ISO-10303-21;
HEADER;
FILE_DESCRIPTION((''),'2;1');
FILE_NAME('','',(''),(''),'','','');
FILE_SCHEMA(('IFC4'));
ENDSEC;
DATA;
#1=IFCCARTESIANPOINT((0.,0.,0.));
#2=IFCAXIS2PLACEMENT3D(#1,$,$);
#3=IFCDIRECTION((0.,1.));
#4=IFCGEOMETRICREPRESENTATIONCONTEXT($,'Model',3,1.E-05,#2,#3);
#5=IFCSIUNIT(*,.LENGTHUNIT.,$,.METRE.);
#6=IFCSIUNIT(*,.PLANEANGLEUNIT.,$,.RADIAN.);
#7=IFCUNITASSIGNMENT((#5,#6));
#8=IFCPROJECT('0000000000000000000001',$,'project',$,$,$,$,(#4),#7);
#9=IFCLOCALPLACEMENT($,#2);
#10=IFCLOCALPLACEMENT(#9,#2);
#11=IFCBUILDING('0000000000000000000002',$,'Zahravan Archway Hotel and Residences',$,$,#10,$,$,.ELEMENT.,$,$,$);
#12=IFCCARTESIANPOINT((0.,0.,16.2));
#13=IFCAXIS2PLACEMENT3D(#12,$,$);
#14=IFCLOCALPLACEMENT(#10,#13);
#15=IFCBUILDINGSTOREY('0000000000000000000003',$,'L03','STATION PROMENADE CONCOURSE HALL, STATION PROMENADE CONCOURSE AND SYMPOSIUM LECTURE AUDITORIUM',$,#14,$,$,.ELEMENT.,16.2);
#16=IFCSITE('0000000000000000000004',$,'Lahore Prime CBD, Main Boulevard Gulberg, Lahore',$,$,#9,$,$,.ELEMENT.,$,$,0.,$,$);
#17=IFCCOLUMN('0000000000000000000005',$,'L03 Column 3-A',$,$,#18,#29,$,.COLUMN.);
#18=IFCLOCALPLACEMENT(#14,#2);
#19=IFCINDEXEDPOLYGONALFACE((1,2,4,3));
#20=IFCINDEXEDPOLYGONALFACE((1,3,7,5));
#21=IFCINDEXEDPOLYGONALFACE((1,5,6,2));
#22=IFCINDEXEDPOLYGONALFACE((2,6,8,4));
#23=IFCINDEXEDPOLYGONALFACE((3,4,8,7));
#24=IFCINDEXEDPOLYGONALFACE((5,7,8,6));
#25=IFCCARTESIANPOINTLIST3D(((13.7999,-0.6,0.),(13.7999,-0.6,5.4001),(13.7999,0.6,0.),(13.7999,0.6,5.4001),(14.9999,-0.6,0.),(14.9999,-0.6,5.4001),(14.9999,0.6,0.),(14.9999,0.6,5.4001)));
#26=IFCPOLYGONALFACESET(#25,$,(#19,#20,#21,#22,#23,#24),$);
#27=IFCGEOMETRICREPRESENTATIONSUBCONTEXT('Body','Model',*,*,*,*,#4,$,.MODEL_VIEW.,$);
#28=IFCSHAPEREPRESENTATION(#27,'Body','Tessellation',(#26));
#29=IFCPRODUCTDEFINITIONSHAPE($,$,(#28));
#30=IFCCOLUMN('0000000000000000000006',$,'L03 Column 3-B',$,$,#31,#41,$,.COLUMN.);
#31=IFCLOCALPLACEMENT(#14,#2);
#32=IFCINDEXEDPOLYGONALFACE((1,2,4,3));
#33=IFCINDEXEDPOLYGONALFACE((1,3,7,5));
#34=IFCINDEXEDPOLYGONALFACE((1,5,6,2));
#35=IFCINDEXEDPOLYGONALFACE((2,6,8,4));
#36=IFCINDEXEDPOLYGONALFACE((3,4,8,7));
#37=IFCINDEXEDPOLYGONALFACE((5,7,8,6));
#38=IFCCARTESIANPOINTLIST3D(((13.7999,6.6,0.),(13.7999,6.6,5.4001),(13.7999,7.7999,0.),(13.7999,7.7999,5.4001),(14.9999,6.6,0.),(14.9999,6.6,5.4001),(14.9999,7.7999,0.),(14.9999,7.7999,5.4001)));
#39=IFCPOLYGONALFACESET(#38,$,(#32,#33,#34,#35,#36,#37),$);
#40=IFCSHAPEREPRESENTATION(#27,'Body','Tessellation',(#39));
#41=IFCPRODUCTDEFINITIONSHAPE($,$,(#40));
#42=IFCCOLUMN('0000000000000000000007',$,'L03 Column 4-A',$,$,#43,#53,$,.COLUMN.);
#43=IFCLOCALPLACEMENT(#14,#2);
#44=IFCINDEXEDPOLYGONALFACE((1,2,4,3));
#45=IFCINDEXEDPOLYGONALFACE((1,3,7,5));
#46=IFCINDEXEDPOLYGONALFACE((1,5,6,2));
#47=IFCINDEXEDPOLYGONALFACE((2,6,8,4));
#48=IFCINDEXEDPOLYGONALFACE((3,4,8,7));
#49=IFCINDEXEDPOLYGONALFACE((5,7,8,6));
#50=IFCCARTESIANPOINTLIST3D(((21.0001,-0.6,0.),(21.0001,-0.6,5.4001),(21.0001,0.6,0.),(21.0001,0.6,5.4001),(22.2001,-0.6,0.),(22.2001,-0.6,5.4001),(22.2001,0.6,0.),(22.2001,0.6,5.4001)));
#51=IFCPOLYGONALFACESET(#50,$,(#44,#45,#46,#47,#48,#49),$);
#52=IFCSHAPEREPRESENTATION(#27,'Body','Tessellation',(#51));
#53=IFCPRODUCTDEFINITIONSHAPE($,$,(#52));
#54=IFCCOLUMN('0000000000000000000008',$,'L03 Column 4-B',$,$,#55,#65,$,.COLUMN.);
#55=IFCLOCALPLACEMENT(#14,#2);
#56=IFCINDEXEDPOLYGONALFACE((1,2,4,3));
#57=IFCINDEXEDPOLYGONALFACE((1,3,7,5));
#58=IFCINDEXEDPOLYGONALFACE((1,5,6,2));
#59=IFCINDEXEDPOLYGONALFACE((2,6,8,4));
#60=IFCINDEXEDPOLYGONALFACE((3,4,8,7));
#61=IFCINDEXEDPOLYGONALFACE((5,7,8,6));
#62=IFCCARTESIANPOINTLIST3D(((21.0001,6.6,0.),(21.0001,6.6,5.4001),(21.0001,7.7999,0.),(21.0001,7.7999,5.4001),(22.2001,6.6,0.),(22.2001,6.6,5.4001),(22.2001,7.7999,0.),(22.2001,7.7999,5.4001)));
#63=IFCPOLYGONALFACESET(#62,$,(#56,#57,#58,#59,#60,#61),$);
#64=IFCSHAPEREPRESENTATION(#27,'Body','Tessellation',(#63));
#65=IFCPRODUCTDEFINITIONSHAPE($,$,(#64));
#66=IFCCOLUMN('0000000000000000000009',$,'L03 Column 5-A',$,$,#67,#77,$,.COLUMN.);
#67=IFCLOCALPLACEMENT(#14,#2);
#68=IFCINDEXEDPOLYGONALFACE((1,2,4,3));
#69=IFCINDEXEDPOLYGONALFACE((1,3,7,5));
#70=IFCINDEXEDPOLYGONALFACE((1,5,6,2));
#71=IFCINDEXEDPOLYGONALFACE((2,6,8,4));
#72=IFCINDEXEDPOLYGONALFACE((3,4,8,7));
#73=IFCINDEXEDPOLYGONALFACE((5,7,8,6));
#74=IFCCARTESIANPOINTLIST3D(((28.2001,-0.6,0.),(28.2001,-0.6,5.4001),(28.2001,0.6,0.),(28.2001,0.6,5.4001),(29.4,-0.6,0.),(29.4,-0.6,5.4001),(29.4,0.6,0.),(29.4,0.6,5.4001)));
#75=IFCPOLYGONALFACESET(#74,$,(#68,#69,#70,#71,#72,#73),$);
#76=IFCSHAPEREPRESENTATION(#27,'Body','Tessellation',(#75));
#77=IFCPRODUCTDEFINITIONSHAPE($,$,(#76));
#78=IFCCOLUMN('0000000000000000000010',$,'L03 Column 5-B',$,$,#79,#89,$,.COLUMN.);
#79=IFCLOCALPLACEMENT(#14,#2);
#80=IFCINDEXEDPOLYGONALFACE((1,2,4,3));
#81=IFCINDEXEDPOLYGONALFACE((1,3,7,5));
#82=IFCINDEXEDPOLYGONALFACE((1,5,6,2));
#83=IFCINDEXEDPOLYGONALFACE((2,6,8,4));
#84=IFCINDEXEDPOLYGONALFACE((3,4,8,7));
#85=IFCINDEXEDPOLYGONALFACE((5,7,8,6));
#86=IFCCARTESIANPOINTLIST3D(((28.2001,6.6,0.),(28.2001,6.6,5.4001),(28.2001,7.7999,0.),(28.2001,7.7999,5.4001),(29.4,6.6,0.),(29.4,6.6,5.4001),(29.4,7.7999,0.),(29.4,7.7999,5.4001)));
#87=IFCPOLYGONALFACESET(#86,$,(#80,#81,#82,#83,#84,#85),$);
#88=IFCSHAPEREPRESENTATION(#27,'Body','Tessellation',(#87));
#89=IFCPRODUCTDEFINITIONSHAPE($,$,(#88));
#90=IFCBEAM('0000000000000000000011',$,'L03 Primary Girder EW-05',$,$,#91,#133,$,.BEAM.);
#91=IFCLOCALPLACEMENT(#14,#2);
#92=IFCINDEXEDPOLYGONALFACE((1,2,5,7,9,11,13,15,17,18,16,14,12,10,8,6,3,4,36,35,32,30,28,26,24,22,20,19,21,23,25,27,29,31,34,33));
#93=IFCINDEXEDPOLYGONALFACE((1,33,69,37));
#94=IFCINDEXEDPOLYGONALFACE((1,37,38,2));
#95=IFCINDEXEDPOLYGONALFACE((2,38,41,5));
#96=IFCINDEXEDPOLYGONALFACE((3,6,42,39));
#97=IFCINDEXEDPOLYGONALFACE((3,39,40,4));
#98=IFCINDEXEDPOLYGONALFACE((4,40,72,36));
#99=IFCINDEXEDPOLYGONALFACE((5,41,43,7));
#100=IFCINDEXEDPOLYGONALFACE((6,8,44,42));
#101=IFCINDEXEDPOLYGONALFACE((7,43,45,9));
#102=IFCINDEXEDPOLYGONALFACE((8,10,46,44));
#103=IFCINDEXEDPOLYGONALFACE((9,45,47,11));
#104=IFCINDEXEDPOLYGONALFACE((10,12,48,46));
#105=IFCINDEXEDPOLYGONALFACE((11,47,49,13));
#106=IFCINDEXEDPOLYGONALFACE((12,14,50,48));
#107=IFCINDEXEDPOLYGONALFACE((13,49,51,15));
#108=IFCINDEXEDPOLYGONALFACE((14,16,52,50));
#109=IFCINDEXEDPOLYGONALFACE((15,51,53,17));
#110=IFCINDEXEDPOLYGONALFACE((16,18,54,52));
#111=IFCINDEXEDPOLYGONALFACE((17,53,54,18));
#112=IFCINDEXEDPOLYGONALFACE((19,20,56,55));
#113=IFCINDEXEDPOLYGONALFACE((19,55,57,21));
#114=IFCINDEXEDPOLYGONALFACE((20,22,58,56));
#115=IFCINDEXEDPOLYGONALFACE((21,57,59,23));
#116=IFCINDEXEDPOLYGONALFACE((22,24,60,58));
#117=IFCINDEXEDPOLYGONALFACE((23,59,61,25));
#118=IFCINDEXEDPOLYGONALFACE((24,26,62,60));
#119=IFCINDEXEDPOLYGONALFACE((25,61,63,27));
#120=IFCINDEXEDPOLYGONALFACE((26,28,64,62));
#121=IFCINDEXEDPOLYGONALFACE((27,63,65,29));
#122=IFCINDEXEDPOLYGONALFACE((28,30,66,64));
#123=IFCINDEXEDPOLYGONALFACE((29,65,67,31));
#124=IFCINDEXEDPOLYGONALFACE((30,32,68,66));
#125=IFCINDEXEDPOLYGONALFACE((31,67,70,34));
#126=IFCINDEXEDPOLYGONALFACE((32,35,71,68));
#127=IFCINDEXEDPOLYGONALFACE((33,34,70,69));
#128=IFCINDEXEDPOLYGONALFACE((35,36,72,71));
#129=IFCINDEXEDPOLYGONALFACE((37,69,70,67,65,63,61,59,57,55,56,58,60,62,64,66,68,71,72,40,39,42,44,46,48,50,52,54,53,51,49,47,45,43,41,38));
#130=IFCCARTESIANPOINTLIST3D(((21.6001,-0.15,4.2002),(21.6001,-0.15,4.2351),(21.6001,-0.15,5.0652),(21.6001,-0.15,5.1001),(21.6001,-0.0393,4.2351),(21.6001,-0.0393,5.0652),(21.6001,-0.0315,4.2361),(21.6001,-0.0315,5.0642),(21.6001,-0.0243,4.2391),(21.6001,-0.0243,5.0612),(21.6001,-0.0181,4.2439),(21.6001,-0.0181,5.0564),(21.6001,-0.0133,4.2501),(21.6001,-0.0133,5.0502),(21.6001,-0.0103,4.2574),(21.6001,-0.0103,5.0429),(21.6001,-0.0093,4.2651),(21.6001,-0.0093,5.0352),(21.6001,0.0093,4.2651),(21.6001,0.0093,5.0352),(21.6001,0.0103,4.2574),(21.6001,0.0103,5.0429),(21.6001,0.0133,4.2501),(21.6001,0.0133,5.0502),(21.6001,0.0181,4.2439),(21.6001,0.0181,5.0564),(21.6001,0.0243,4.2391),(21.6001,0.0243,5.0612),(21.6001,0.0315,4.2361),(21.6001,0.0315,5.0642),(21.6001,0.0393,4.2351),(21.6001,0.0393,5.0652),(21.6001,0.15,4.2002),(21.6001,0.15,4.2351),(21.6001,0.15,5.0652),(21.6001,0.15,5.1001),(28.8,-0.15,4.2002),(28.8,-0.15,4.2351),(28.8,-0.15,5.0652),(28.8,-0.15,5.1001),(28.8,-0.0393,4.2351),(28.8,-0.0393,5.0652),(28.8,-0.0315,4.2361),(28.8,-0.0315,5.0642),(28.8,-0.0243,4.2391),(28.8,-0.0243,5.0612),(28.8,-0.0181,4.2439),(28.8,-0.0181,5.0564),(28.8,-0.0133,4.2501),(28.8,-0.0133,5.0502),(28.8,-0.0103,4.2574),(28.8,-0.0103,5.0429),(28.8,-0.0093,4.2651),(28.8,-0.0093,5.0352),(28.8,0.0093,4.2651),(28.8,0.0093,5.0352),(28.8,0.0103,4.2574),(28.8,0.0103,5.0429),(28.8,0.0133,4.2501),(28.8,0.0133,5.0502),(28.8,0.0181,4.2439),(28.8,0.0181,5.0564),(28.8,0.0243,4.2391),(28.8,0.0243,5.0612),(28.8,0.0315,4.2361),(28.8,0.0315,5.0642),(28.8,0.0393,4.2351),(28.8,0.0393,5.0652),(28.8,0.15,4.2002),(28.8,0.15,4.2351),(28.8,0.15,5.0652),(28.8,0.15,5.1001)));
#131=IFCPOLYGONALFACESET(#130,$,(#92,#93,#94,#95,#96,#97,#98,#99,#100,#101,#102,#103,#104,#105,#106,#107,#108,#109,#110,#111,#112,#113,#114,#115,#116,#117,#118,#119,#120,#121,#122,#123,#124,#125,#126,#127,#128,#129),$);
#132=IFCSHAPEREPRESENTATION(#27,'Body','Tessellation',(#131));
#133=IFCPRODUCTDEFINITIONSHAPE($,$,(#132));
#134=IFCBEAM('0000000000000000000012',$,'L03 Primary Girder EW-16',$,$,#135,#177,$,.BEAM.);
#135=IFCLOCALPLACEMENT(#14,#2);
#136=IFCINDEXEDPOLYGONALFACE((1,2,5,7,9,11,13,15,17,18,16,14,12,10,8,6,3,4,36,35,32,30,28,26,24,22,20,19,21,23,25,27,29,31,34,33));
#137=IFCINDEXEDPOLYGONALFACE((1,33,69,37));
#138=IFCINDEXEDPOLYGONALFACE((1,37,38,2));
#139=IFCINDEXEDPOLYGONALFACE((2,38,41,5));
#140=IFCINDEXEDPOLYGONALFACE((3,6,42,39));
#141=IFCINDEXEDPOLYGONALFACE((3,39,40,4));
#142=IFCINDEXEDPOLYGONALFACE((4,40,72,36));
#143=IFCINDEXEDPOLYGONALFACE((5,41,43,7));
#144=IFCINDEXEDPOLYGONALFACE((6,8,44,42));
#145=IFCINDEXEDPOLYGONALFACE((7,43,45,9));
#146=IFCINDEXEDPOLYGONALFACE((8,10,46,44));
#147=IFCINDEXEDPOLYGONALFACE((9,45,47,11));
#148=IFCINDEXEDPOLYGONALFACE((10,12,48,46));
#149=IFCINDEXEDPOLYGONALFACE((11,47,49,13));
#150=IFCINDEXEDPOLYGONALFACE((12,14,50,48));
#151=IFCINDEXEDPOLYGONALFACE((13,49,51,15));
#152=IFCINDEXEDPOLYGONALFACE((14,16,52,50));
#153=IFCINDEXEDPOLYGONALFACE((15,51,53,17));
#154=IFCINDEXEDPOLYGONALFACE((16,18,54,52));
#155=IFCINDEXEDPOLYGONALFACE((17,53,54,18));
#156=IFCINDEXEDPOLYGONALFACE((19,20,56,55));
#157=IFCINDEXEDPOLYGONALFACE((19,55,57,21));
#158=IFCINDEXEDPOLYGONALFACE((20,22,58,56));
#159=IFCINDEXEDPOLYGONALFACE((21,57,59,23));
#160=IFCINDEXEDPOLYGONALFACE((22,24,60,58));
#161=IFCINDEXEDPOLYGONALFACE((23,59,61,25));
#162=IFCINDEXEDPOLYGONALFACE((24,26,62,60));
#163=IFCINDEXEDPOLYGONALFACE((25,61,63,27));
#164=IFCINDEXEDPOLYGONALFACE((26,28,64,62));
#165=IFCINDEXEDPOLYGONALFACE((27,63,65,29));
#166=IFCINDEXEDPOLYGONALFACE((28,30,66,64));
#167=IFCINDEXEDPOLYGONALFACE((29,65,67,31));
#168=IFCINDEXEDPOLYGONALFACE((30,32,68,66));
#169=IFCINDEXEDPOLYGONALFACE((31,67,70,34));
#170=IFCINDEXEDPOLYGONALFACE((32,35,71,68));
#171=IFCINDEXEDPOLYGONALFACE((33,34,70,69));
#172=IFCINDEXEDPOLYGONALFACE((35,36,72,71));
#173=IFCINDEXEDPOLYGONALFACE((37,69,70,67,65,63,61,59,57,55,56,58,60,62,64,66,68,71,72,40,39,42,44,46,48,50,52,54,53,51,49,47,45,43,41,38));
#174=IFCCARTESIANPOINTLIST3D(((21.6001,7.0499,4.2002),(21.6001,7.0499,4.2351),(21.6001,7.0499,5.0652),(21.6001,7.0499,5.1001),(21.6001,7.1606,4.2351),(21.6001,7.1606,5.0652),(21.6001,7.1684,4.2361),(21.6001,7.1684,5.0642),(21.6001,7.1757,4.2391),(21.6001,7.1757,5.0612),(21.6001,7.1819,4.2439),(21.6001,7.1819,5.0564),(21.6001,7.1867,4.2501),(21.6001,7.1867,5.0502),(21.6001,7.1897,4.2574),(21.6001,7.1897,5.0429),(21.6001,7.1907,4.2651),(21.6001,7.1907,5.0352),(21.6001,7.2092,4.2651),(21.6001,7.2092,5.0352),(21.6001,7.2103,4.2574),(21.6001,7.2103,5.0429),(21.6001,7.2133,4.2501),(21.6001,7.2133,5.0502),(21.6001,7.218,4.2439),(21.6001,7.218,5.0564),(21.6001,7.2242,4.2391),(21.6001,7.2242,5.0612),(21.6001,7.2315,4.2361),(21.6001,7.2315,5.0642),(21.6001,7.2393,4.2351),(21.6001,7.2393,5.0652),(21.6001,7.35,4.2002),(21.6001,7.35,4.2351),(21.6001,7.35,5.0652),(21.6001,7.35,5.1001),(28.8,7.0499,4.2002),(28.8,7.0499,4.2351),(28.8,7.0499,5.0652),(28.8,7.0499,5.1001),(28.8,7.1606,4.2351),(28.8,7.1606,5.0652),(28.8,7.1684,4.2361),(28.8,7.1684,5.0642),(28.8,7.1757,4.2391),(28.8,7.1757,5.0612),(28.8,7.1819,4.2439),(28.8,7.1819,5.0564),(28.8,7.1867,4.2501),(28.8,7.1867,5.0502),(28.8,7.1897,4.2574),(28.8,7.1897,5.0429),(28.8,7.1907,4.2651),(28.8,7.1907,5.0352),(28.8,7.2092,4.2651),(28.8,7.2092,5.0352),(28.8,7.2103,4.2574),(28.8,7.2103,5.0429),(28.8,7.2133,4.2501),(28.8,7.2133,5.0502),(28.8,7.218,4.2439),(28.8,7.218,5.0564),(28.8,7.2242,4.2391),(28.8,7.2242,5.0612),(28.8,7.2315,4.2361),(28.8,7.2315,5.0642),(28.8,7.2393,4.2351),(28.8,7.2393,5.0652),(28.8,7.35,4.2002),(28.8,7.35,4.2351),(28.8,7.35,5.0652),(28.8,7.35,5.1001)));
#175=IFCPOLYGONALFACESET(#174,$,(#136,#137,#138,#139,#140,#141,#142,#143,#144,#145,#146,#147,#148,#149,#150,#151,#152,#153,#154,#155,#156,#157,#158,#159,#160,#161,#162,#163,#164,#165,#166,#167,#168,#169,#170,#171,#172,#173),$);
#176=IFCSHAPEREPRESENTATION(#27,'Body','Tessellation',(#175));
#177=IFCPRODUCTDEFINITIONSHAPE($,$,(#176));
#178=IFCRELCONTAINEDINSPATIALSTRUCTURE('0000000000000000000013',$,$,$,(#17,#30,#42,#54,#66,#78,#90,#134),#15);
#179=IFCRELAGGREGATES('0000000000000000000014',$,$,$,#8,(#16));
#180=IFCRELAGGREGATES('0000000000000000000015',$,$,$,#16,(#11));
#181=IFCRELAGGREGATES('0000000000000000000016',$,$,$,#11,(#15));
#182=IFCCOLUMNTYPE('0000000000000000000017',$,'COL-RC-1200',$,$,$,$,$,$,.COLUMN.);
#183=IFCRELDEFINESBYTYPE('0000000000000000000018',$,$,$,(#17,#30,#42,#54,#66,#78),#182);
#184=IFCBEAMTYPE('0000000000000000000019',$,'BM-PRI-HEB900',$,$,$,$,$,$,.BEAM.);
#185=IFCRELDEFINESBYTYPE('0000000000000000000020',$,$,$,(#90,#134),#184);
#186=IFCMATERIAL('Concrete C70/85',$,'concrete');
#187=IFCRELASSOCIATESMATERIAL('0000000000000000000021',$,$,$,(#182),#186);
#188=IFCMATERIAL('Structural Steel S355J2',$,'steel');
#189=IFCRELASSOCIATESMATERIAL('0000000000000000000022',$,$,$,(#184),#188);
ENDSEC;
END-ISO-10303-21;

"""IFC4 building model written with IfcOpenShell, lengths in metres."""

from ifc_helpers import new_model, si_unit, direction, frame, origin, origin_2d, place, context, subcontext, project, spatial, rectangle, i_section, extrude, source, transform, mapped, material, material_profile, profile_set, type_object, element, save


model = new_model("IFC4")

# Units and contexts
model_context = context("Model", 3, precision=1e-05, world=origin(), true_north=direction((0.0, 1.0)))
body_context = subcontext(model_context, "Body", "Model", "MODEL_VIEW")
ifc_project = project(units=[si_unit("LENGTHUNIT", "METRE"), si_unit("PLANEANGLEUNIT", "RADIAN")], contexts=[model_context])

# Site, building, storey
site_placement = place(None, origin())
site = spatial("IfcSite", under=ifc_project, at=site_placement, Name="Lahore Prime CBD, Main Boulevard Gulberg, Lahore", CompositionType="ELEMENT", RefElevation=0.0)
building_placement = place(site_placement, origin())
building = spatial("IfcBuilding", under=site, at=building_placement, Name="Zahravan Archway Hotel and Residences", CompositionType="ELEMENT")
storey_placement = place(building_placement, frame((0.0, 0.0, 16.2)))
storey = spatial("IfcBuildingStorey", under=building, at=storey_placement, Name="L03", Description="STATION PROMENADE CONCOURSE HALL, STATION PROMENADE CONCOURSE AND SYMPOSIUM LECTURE AUDITORIUM", CompositionType="ELEMENT", Elevation=16.2)

# Columns
ifc_material_1 = material(Name="Concrete C70/85", Category="concrete")
ifc_material_profile_1 = material_profile(ifc_material_1, rectangle(XDim=1.2, YDim=1.2, at=origin_2d()), Name="RC-COL-1200x1200", Category="concrete")
ifc_profile_set_1 = profile_set([ifc_material_profile_1], Name="Concrete C70/85")
column_type = type_object("IfcColumnType", Name="COL-RC-1200", PredefinedType="COLUMN", material=ifc_profile_set_1)
shared_shape_1 = source(origin(), body_context, "Body", "SweptSolid", [
    extrude(rectangle(XDim=1.2, YDim=1.2, at=origin_2d()), origin(), (0.0, 0.0, 1.0), 5.4001),
])
for number, where, z_axis, x_axis, name in (
    (1, (14.3999, 0.0, 0.0), (0.0, 0.0, 1.0), (1.0, 0.0, 0.0), "L03 Column 3-A"),
    (2, (14.3999, 7.2, 0.0), (0.0, 0.0, 1.0), (1.0, 0.0, 0.0), "L03 Column 3-B"),
    (3, (21.6001, 0.0, 0.0), (0.0, 0.0, 1.0), (1.0, 0.0, 0.0), "L03 Column 4-A"),
    (4, (21.6001, 7.2, 0.0), (0.0, 0.0, 1.0), (1.0, 0.0, 0.0), "L03 Column 4-B"),
    (5, (28.8, 0.0, 0.0), (0.0, 0.0, 1.0), (1.0, 0.0, 0.0), "L03 Column 5-A"),
    (6, (28.8, 7.2, 0.0), (0.0, 0.0, 1.0), (1.0, 0.0, 0.0), "L03 Column 5-B"),
):
    element("IfcColumn", number, at=place(storey_placement, frame(where, z_axis=z_axis, x_axis=x_axis)), inside=storey, type_object=column_type, Name=name, PredefinedType="COLUMN", context=body_context, shape_type="MappedRepresentation", body=[
        mapped(shared_shape_1, transform((0.0, 0.0, 0.0), scale=1.0)),
    ])

# Beams
ifc_material_2 = material(Name="Structural Steel S355J2", Category="steel")
ifc_material_profile_2 = material_profile(ifc_material_2, i_section(OverallWidth=0.3, OverallDepth=0.8999, WebThickness=0.0186, FlangeThickness=0.0349, FilletRadius=0.03, at=origin_2d()), Name="HEB 900", Category="steel")
ifc_profile_set_2 = profile_set([ifc_material_profile_2], Name="Structural Steel S355J2")
beam_type_1 = type_object("IfcBeamType", Name="BM-PRI-HEB900", PredefinedType="BEAM", material=ifc_profile_set_2)
shared_shape_2 = source(origin(), body_context, "Body", "SweptSolid", [
    extrude(i_section(OverallWidth=0.3, OverallDepth=0.8999, WebThickness=0.0186, FlangeThickness=0.0349, FilletRadius=0.03, at=origin_2d()), origin(), (0.0, 0.0, 1.0), 7.2),
])
for number, where, z_axis, x_axis, name in (
    (7, (21.6001, 0.0, 4.6501), (1.0, 0.0, 0.0), (0.0, 1.0, 0.0), "L03 Primary Girder EW-05"),
    (8, (21.6001, 7.2, 4.6501), (1.0, 0.0, 0.0), (0.0, 1.0, 0.0), "L03 Primary Girder EW-16"),
):
    element("IfcBeam", number, at=place(storey_placement, frame(where, z_axis=z_axis, x_axis=x_axis)), inside=storey, type_object=beam_type_1, Name=name, PredefinedType="BEAM", context=body_context, shape_type="MappedRepresentation", body=[
        mapped(shared_shape_2, transform((0.0, 0.0, 0.0), scale=1.0)),
    ])

save(model, "model.ifc")
